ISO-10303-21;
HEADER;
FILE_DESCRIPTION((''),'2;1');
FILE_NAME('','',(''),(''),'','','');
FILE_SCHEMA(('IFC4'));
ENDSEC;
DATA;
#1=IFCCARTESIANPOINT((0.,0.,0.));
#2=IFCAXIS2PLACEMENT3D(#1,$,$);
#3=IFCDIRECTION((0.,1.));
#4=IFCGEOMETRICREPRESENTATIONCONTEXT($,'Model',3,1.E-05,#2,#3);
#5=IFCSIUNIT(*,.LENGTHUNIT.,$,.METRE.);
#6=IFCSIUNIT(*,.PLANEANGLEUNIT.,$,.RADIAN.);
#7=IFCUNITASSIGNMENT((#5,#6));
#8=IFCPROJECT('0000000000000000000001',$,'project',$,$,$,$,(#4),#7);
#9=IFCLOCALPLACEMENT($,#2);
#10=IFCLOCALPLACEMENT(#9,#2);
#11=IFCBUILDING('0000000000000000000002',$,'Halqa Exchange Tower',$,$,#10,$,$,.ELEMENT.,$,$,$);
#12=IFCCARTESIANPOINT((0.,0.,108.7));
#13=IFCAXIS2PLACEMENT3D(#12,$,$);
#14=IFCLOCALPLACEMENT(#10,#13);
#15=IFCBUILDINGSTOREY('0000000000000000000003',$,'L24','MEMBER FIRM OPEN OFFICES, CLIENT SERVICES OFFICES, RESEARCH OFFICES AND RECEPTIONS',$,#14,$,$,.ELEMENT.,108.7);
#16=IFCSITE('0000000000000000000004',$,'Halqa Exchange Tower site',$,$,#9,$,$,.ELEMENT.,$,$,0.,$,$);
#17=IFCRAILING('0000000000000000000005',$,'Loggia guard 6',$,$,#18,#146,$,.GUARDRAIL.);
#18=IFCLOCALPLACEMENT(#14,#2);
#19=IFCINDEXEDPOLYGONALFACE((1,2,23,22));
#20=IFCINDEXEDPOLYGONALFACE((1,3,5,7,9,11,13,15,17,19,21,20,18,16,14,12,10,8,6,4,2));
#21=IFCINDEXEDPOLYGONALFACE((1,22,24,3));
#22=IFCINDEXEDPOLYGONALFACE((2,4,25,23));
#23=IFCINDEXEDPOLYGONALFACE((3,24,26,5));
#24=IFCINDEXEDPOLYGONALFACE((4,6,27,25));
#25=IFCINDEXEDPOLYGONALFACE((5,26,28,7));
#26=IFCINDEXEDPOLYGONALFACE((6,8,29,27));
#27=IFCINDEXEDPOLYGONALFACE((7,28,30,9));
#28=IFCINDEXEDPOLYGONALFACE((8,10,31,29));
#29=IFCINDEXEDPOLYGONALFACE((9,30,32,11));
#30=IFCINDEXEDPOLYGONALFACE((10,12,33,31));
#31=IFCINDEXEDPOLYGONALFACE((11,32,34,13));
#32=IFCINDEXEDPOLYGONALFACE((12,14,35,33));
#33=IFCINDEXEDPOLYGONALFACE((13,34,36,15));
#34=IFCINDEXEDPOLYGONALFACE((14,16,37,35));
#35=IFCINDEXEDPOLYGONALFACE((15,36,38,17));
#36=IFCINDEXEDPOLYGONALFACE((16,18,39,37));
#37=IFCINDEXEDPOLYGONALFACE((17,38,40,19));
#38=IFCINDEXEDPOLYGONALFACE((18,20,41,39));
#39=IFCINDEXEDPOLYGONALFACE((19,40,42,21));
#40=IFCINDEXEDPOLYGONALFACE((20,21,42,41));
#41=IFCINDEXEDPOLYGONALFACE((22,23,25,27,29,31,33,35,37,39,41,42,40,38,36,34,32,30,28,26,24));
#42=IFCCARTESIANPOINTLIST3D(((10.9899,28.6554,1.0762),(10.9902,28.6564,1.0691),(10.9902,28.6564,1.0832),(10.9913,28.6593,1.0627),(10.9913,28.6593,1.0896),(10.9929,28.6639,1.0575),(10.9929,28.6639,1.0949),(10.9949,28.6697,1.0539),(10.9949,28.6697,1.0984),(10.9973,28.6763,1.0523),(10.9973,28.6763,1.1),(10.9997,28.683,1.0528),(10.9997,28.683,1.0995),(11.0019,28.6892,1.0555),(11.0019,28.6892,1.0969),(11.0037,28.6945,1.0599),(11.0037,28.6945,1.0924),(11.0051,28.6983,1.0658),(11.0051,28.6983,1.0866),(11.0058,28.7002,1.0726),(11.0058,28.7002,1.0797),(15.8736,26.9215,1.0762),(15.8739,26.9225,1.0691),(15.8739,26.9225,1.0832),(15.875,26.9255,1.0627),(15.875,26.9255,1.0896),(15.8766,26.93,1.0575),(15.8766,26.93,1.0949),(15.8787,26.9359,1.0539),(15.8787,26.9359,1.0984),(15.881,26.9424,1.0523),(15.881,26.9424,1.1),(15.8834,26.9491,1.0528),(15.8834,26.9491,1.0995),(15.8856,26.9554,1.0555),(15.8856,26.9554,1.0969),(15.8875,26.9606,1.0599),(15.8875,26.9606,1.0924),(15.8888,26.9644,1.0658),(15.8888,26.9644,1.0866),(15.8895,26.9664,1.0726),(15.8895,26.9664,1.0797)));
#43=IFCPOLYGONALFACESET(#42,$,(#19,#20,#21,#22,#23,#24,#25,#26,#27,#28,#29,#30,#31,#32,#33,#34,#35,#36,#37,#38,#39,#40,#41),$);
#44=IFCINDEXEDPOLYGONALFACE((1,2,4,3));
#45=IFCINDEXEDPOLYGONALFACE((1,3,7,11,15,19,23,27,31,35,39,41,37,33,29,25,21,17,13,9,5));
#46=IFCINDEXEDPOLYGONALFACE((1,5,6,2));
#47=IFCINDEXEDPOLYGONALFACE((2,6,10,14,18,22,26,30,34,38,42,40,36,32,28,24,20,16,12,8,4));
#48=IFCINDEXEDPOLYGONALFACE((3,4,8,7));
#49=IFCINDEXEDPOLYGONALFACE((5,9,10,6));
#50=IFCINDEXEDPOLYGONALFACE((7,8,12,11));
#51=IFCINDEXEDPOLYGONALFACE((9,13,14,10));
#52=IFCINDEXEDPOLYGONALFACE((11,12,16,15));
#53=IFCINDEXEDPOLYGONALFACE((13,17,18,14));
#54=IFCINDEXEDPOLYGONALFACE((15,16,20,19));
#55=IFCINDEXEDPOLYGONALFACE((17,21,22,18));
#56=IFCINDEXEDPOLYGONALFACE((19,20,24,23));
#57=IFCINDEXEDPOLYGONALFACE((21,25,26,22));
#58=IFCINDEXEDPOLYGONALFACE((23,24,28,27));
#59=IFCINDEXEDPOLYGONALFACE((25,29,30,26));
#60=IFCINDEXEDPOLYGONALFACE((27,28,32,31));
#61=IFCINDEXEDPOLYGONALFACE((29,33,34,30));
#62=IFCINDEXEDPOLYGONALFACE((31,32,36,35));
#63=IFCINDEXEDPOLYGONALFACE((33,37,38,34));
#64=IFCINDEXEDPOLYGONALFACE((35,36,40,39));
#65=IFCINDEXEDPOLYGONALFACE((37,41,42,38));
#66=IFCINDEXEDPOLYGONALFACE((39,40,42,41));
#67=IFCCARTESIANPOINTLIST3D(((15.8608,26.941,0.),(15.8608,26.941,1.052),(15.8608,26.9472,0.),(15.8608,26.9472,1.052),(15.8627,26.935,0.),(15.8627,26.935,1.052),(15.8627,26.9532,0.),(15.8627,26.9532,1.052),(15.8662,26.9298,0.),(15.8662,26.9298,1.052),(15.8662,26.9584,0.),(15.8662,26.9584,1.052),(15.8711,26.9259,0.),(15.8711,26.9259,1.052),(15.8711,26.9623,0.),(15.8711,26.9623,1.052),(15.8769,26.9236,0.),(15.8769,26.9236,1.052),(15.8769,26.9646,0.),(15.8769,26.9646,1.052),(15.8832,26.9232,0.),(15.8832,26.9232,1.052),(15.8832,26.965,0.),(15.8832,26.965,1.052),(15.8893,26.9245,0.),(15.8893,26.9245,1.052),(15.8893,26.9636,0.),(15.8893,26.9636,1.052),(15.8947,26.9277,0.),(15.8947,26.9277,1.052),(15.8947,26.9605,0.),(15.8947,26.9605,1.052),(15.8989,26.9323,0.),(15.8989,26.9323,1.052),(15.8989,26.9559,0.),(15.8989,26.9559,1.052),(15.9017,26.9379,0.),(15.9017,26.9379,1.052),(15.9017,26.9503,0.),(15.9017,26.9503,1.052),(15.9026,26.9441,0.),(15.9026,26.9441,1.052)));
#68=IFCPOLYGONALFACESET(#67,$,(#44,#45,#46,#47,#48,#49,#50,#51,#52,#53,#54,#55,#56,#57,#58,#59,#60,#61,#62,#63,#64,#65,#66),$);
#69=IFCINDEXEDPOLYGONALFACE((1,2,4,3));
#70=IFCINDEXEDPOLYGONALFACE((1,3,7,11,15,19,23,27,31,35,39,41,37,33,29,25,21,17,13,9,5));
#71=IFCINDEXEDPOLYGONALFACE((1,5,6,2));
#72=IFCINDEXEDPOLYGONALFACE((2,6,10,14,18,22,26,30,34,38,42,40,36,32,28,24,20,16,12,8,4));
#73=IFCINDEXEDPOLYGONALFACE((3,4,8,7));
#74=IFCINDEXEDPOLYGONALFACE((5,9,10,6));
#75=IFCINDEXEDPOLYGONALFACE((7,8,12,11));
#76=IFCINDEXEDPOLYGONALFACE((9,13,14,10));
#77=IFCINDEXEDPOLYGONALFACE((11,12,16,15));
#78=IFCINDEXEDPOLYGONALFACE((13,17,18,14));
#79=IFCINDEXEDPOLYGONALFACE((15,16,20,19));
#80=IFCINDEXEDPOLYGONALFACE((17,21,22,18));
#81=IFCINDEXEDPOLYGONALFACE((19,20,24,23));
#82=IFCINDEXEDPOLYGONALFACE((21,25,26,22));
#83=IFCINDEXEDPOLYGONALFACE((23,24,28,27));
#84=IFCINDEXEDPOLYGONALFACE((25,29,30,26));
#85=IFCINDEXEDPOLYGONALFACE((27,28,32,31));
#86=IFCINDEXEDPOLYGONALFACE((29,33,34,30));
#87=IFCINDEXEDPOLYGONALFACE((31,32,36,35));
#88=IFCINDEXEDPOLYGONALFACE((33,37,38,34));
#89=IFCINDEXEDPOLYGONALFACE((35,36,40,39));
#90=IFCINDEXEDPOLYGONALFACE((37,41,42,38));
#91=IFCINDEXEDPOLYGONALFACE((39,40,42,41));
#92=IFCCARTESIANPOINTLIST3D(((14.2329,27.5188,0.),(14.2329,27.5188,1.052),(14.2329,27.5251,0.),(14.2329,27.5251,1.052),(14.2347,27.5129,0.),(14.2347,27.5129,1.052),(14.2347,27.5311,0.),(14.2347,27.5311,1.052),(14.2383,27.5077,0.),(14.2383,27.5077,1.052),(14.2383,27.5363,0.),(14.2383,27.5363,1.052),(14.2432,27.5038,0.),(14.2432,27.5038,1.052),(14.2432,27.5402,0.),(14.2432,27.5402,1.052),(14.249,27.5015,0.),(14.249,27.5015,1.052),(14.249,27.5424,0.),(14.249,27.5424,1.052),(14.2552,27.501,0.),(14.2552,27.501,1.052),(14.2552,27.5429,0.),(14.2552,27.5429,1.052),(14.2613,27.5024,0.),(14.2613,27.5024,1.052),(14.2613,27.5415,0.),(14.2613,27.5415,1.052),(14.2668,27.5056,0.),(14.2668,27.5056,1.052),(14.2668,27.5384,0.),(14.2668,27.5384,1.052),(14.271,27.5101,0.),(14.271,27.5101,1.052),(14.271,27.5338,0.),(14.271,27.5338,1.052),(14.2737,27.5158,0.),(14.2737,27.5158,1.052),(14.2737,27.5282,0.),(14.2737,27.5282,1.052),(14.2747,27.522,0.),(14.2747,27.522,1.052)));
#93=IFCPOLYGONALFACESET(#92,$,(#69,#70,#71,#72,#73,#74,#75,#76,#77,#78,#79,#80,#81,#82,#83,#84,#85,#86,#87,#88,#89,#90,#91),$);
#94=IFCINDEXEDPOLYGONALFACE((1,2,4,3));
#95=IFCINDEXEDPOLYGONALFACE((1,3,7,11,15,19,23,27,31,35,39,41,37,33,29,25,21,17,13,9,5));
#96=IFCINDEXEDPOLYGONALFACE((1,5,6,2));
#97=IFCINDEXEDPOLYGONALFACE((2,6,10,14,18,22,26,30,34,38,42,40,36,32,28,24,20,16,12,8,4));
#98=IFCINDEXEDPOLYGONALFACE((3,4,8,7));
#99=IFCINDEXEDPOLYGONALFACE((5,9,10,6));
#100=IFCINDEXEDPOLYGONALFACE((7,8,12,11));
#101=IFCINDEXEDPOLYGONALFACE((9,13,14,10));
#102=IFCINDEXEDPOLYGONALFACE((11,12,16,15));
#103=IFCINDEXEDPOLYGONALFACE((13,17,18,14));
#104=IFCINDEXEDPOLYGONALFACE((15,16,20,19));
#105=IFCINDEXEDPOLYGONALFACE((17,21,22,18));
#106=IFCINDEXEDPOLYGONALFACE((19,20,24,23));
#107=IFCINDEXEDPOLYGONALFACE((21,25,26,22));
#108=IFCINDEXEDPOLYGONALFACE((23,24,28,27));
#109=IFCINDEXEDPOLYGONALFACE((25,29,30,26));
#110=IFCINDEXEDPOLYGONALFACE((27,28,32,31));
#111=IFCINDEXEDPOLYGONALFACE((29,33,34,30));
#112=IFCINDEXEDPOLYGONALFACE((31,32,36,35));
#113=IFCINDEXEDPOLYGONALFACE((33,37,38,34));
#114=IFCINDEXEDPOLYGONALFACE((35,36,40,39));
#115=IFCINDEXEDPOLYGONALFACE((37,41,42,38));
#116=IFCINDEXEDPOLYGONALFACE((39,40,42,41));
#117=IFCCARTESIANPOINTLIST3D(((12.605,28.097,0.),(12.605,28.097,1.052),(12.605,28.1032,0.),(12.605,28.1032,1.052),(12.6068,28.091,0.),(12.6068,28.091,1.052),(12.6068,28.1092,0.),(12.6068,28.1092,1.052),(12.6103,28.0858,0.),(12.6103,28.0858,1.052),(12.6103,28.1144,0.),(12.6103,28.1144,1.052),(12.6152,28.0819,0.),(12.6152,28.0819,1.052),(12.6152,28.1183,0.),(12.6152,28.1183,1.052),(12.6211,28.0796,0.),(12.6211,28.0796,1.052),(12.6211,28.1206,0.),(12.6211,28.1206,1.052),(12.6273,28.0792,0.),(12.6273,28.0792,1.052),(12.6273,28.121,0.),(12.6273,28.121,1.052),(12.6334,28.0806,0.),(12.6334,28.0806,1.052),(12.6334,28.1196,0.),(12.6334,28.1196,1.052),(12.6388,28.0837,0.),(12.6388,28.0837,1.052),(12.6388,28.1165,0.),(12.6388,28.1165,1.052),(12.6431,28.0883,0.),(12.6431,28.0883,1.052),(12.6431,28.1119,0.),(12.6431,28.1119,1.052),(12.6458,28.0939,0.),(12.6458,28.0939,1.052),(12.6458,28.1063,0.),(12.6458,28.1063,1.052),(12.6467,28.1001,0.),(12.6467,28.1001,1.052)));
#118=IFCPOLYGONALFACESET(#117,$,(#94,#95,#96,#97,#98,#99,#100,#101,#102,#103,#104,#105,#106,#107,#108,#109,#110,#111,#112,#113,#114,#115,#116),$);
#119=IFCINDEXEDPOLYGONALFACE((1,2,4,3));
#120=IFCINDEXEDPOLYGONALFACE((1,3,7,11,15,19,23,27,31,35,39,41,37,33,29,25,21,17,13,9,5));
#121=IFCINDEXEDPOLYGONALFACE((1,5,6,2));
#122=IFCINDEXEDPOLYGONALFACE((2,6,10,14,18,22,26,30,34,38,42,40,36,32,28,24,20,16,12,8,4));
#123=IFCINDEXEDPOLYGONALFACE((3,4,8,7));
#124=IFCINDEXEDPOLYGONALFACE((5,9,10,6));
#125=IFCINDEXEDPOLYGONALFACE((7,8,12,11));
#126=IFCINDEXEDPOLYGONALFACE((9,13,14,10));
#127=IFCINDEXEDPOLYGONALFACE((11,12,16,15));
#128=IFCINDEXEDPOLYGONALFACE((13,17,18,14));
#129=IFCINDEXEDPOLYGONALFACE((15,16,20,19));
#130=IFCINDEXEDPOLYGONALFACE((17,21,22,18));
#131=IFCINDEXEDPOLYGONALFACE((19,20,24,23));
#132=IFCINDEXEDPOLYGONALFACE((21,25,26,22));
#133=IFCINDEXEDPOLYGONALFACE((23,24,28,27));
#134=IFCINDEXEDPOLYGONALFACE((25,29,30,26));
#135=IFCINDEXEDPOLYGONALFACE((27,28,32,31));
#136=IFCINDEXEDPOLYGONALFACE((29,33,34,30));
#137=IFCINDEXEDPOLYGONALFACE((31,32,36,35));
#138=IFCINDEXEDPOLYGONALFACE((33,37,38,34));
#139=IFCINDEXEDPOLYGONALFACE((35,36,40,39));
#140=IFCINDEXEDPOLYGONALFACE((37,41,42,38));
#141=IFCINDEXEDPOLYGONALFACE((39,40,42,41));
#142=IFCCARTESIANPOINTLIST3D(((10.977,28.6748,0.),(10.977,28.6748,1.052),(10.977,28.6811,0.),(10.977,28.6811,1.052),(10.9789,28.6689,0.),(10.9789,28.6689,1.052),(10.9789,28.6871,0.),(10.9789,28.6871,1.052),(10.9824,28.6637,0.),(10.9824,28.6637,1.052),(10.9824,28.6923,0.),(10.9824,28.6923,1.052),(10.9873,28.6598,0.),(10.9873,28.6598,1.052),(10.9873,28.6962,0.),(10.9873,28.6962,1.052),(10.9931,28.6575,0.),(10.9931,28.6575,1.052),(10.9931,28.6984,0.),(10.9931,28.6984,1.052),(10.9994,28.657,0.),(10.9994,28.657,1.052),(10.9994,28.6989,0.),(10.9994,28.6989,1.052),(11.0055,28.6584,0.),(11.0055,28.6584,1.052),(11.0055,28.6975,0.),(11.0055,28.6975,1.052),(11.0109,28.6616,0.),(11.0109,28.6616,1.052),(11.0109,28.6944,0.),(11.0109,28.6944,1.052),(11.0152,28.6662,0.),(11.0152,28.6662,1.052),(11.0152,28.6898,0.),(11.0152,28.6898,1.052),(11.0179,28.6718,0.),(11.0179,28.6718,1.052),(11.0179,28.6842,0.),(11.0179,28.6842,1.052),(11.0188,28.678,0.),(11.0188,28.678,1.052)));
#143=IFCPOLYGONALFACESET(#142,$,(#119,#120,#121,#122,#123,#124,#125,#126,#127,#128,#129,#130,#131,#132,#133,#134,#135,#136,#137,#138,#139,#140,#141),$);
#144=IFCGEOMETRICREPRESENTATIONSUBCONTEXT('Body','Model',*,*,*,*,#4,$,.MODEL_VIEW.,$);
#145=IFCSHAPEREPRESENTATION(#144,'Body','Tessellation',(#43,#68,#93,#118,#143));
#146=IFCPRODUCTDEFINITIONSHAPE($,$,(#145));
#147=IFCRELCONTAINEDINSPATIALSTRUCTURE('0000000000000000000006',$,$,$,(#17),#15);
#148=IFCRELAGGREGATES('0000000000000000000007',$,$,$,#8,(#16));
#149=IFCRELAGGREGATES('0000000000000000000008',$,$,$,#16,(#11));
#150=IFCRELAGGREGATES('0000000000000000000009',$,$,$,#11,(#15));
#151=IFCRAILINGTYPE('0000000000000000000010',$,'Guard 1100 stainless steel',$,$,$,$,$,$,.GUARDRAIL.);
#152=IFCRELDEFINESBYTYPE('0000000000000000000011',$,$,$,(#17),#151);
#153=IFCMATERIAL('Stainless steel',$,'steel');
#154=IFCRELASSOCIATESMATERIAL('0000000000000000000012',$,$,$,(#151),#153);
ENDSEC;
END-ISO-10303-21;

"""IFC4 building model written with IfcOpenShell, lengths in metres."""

from ifc_helpers import new_model, si_unit, direction, frame, origin, origin_2d, place, context, subcontext, project, spatial, circle, extrude, material, type_object, element, save


model = new_model("IFC4")

# Units and contexts
model_context = context("Model", 3, precision=1e-05, world=origin(), true_north=direction((0.0, 1.0)))
body_context = subcontext(model_context, "Body", "Model", "MODEL_VIEW")
ifc_project = project(units=[si_unit("LENGTHUNIT", "METRE"), si_unit("PLANEANGLEUNIT", "RADIAN")], contexts=[model_context])

# Site, building, storey
site_placement = place(None, origin())
site = spatial("IfcSite", under=ifc_project, at=site_placement, Name="Halqa Exchange Tower site", CompositionType="ELEMENT", RefElevation=0.0)
building_placement = place(site_placement, origin())
building = spatial("IfcBuilding", under=site, at=building_placement, Name="Halqa Exchange Tower", CompositionType="ELEMENT")
storey_placement = place(building_placement, frame((0.0, 0.0, 108.7)))
storey = spatial("IfcBuildingStorey", under=building, at=storey_placement, Name="L24", Description="MEMBER FIRM OPEN OFFICES, CLIENT SERVICES OFFICES, RESEARCH OFFICES AND RECEPTIONS", CompositionType="ELEMENT", Elevation=108.7)

# Railing
ifc_material_1 = material(Name="Stainless steel", Category="steel")
railing_type = type_object("IfcRailingType", Name="Guard 1100 stainless steel", PredefinedType="GUARDRAIL", material=ifc_material_1)
railing_1_placement = place(storey_placement, frame((15.8816, 26.9441, 0.0)))
element("IfcRailing", 1, at=railing_1_placement, inside=storey, type_object=railing_type, Name="Loggia guard 6", PredefinedType="GUARDRAIL", context=body_context, shape_type="SweptSolid", body=[
    extrude(circle(Radius=0.0239, at=origin_2d()), frame((0.0, 0.0, 1.0762), z_axis=(-0.942371, 0.334569, 0.0), x_axis=(-0.334569, -0.942371, 0.0)), (0.0, 0.0, 1.0), 5.1824),
    extrude(circle(Radius=0.021, at=origin_2d()), origin(), (0.0, 0.0, 1.0), 1.052),
    extrude(circle(Radius=0.021, at=origin_2d()), frame((-1.6279, 0.5779, 0.0)), (0.0, 0.0, 1.0), 1.052),
    extrude(circle(Radius=0.021, at=origin_2d()), frame((-3.2559, 1.156, 0.0)), (0.0, 0.0, 1.0), 1.052),
    extrude(circle(Radius=0.021, at=origin_2d()), frame((-4.8838, 1.7339, 0.0)), (0.0, 0.0, 1.0), 1.052),
])

save(model, "model.ifc")
